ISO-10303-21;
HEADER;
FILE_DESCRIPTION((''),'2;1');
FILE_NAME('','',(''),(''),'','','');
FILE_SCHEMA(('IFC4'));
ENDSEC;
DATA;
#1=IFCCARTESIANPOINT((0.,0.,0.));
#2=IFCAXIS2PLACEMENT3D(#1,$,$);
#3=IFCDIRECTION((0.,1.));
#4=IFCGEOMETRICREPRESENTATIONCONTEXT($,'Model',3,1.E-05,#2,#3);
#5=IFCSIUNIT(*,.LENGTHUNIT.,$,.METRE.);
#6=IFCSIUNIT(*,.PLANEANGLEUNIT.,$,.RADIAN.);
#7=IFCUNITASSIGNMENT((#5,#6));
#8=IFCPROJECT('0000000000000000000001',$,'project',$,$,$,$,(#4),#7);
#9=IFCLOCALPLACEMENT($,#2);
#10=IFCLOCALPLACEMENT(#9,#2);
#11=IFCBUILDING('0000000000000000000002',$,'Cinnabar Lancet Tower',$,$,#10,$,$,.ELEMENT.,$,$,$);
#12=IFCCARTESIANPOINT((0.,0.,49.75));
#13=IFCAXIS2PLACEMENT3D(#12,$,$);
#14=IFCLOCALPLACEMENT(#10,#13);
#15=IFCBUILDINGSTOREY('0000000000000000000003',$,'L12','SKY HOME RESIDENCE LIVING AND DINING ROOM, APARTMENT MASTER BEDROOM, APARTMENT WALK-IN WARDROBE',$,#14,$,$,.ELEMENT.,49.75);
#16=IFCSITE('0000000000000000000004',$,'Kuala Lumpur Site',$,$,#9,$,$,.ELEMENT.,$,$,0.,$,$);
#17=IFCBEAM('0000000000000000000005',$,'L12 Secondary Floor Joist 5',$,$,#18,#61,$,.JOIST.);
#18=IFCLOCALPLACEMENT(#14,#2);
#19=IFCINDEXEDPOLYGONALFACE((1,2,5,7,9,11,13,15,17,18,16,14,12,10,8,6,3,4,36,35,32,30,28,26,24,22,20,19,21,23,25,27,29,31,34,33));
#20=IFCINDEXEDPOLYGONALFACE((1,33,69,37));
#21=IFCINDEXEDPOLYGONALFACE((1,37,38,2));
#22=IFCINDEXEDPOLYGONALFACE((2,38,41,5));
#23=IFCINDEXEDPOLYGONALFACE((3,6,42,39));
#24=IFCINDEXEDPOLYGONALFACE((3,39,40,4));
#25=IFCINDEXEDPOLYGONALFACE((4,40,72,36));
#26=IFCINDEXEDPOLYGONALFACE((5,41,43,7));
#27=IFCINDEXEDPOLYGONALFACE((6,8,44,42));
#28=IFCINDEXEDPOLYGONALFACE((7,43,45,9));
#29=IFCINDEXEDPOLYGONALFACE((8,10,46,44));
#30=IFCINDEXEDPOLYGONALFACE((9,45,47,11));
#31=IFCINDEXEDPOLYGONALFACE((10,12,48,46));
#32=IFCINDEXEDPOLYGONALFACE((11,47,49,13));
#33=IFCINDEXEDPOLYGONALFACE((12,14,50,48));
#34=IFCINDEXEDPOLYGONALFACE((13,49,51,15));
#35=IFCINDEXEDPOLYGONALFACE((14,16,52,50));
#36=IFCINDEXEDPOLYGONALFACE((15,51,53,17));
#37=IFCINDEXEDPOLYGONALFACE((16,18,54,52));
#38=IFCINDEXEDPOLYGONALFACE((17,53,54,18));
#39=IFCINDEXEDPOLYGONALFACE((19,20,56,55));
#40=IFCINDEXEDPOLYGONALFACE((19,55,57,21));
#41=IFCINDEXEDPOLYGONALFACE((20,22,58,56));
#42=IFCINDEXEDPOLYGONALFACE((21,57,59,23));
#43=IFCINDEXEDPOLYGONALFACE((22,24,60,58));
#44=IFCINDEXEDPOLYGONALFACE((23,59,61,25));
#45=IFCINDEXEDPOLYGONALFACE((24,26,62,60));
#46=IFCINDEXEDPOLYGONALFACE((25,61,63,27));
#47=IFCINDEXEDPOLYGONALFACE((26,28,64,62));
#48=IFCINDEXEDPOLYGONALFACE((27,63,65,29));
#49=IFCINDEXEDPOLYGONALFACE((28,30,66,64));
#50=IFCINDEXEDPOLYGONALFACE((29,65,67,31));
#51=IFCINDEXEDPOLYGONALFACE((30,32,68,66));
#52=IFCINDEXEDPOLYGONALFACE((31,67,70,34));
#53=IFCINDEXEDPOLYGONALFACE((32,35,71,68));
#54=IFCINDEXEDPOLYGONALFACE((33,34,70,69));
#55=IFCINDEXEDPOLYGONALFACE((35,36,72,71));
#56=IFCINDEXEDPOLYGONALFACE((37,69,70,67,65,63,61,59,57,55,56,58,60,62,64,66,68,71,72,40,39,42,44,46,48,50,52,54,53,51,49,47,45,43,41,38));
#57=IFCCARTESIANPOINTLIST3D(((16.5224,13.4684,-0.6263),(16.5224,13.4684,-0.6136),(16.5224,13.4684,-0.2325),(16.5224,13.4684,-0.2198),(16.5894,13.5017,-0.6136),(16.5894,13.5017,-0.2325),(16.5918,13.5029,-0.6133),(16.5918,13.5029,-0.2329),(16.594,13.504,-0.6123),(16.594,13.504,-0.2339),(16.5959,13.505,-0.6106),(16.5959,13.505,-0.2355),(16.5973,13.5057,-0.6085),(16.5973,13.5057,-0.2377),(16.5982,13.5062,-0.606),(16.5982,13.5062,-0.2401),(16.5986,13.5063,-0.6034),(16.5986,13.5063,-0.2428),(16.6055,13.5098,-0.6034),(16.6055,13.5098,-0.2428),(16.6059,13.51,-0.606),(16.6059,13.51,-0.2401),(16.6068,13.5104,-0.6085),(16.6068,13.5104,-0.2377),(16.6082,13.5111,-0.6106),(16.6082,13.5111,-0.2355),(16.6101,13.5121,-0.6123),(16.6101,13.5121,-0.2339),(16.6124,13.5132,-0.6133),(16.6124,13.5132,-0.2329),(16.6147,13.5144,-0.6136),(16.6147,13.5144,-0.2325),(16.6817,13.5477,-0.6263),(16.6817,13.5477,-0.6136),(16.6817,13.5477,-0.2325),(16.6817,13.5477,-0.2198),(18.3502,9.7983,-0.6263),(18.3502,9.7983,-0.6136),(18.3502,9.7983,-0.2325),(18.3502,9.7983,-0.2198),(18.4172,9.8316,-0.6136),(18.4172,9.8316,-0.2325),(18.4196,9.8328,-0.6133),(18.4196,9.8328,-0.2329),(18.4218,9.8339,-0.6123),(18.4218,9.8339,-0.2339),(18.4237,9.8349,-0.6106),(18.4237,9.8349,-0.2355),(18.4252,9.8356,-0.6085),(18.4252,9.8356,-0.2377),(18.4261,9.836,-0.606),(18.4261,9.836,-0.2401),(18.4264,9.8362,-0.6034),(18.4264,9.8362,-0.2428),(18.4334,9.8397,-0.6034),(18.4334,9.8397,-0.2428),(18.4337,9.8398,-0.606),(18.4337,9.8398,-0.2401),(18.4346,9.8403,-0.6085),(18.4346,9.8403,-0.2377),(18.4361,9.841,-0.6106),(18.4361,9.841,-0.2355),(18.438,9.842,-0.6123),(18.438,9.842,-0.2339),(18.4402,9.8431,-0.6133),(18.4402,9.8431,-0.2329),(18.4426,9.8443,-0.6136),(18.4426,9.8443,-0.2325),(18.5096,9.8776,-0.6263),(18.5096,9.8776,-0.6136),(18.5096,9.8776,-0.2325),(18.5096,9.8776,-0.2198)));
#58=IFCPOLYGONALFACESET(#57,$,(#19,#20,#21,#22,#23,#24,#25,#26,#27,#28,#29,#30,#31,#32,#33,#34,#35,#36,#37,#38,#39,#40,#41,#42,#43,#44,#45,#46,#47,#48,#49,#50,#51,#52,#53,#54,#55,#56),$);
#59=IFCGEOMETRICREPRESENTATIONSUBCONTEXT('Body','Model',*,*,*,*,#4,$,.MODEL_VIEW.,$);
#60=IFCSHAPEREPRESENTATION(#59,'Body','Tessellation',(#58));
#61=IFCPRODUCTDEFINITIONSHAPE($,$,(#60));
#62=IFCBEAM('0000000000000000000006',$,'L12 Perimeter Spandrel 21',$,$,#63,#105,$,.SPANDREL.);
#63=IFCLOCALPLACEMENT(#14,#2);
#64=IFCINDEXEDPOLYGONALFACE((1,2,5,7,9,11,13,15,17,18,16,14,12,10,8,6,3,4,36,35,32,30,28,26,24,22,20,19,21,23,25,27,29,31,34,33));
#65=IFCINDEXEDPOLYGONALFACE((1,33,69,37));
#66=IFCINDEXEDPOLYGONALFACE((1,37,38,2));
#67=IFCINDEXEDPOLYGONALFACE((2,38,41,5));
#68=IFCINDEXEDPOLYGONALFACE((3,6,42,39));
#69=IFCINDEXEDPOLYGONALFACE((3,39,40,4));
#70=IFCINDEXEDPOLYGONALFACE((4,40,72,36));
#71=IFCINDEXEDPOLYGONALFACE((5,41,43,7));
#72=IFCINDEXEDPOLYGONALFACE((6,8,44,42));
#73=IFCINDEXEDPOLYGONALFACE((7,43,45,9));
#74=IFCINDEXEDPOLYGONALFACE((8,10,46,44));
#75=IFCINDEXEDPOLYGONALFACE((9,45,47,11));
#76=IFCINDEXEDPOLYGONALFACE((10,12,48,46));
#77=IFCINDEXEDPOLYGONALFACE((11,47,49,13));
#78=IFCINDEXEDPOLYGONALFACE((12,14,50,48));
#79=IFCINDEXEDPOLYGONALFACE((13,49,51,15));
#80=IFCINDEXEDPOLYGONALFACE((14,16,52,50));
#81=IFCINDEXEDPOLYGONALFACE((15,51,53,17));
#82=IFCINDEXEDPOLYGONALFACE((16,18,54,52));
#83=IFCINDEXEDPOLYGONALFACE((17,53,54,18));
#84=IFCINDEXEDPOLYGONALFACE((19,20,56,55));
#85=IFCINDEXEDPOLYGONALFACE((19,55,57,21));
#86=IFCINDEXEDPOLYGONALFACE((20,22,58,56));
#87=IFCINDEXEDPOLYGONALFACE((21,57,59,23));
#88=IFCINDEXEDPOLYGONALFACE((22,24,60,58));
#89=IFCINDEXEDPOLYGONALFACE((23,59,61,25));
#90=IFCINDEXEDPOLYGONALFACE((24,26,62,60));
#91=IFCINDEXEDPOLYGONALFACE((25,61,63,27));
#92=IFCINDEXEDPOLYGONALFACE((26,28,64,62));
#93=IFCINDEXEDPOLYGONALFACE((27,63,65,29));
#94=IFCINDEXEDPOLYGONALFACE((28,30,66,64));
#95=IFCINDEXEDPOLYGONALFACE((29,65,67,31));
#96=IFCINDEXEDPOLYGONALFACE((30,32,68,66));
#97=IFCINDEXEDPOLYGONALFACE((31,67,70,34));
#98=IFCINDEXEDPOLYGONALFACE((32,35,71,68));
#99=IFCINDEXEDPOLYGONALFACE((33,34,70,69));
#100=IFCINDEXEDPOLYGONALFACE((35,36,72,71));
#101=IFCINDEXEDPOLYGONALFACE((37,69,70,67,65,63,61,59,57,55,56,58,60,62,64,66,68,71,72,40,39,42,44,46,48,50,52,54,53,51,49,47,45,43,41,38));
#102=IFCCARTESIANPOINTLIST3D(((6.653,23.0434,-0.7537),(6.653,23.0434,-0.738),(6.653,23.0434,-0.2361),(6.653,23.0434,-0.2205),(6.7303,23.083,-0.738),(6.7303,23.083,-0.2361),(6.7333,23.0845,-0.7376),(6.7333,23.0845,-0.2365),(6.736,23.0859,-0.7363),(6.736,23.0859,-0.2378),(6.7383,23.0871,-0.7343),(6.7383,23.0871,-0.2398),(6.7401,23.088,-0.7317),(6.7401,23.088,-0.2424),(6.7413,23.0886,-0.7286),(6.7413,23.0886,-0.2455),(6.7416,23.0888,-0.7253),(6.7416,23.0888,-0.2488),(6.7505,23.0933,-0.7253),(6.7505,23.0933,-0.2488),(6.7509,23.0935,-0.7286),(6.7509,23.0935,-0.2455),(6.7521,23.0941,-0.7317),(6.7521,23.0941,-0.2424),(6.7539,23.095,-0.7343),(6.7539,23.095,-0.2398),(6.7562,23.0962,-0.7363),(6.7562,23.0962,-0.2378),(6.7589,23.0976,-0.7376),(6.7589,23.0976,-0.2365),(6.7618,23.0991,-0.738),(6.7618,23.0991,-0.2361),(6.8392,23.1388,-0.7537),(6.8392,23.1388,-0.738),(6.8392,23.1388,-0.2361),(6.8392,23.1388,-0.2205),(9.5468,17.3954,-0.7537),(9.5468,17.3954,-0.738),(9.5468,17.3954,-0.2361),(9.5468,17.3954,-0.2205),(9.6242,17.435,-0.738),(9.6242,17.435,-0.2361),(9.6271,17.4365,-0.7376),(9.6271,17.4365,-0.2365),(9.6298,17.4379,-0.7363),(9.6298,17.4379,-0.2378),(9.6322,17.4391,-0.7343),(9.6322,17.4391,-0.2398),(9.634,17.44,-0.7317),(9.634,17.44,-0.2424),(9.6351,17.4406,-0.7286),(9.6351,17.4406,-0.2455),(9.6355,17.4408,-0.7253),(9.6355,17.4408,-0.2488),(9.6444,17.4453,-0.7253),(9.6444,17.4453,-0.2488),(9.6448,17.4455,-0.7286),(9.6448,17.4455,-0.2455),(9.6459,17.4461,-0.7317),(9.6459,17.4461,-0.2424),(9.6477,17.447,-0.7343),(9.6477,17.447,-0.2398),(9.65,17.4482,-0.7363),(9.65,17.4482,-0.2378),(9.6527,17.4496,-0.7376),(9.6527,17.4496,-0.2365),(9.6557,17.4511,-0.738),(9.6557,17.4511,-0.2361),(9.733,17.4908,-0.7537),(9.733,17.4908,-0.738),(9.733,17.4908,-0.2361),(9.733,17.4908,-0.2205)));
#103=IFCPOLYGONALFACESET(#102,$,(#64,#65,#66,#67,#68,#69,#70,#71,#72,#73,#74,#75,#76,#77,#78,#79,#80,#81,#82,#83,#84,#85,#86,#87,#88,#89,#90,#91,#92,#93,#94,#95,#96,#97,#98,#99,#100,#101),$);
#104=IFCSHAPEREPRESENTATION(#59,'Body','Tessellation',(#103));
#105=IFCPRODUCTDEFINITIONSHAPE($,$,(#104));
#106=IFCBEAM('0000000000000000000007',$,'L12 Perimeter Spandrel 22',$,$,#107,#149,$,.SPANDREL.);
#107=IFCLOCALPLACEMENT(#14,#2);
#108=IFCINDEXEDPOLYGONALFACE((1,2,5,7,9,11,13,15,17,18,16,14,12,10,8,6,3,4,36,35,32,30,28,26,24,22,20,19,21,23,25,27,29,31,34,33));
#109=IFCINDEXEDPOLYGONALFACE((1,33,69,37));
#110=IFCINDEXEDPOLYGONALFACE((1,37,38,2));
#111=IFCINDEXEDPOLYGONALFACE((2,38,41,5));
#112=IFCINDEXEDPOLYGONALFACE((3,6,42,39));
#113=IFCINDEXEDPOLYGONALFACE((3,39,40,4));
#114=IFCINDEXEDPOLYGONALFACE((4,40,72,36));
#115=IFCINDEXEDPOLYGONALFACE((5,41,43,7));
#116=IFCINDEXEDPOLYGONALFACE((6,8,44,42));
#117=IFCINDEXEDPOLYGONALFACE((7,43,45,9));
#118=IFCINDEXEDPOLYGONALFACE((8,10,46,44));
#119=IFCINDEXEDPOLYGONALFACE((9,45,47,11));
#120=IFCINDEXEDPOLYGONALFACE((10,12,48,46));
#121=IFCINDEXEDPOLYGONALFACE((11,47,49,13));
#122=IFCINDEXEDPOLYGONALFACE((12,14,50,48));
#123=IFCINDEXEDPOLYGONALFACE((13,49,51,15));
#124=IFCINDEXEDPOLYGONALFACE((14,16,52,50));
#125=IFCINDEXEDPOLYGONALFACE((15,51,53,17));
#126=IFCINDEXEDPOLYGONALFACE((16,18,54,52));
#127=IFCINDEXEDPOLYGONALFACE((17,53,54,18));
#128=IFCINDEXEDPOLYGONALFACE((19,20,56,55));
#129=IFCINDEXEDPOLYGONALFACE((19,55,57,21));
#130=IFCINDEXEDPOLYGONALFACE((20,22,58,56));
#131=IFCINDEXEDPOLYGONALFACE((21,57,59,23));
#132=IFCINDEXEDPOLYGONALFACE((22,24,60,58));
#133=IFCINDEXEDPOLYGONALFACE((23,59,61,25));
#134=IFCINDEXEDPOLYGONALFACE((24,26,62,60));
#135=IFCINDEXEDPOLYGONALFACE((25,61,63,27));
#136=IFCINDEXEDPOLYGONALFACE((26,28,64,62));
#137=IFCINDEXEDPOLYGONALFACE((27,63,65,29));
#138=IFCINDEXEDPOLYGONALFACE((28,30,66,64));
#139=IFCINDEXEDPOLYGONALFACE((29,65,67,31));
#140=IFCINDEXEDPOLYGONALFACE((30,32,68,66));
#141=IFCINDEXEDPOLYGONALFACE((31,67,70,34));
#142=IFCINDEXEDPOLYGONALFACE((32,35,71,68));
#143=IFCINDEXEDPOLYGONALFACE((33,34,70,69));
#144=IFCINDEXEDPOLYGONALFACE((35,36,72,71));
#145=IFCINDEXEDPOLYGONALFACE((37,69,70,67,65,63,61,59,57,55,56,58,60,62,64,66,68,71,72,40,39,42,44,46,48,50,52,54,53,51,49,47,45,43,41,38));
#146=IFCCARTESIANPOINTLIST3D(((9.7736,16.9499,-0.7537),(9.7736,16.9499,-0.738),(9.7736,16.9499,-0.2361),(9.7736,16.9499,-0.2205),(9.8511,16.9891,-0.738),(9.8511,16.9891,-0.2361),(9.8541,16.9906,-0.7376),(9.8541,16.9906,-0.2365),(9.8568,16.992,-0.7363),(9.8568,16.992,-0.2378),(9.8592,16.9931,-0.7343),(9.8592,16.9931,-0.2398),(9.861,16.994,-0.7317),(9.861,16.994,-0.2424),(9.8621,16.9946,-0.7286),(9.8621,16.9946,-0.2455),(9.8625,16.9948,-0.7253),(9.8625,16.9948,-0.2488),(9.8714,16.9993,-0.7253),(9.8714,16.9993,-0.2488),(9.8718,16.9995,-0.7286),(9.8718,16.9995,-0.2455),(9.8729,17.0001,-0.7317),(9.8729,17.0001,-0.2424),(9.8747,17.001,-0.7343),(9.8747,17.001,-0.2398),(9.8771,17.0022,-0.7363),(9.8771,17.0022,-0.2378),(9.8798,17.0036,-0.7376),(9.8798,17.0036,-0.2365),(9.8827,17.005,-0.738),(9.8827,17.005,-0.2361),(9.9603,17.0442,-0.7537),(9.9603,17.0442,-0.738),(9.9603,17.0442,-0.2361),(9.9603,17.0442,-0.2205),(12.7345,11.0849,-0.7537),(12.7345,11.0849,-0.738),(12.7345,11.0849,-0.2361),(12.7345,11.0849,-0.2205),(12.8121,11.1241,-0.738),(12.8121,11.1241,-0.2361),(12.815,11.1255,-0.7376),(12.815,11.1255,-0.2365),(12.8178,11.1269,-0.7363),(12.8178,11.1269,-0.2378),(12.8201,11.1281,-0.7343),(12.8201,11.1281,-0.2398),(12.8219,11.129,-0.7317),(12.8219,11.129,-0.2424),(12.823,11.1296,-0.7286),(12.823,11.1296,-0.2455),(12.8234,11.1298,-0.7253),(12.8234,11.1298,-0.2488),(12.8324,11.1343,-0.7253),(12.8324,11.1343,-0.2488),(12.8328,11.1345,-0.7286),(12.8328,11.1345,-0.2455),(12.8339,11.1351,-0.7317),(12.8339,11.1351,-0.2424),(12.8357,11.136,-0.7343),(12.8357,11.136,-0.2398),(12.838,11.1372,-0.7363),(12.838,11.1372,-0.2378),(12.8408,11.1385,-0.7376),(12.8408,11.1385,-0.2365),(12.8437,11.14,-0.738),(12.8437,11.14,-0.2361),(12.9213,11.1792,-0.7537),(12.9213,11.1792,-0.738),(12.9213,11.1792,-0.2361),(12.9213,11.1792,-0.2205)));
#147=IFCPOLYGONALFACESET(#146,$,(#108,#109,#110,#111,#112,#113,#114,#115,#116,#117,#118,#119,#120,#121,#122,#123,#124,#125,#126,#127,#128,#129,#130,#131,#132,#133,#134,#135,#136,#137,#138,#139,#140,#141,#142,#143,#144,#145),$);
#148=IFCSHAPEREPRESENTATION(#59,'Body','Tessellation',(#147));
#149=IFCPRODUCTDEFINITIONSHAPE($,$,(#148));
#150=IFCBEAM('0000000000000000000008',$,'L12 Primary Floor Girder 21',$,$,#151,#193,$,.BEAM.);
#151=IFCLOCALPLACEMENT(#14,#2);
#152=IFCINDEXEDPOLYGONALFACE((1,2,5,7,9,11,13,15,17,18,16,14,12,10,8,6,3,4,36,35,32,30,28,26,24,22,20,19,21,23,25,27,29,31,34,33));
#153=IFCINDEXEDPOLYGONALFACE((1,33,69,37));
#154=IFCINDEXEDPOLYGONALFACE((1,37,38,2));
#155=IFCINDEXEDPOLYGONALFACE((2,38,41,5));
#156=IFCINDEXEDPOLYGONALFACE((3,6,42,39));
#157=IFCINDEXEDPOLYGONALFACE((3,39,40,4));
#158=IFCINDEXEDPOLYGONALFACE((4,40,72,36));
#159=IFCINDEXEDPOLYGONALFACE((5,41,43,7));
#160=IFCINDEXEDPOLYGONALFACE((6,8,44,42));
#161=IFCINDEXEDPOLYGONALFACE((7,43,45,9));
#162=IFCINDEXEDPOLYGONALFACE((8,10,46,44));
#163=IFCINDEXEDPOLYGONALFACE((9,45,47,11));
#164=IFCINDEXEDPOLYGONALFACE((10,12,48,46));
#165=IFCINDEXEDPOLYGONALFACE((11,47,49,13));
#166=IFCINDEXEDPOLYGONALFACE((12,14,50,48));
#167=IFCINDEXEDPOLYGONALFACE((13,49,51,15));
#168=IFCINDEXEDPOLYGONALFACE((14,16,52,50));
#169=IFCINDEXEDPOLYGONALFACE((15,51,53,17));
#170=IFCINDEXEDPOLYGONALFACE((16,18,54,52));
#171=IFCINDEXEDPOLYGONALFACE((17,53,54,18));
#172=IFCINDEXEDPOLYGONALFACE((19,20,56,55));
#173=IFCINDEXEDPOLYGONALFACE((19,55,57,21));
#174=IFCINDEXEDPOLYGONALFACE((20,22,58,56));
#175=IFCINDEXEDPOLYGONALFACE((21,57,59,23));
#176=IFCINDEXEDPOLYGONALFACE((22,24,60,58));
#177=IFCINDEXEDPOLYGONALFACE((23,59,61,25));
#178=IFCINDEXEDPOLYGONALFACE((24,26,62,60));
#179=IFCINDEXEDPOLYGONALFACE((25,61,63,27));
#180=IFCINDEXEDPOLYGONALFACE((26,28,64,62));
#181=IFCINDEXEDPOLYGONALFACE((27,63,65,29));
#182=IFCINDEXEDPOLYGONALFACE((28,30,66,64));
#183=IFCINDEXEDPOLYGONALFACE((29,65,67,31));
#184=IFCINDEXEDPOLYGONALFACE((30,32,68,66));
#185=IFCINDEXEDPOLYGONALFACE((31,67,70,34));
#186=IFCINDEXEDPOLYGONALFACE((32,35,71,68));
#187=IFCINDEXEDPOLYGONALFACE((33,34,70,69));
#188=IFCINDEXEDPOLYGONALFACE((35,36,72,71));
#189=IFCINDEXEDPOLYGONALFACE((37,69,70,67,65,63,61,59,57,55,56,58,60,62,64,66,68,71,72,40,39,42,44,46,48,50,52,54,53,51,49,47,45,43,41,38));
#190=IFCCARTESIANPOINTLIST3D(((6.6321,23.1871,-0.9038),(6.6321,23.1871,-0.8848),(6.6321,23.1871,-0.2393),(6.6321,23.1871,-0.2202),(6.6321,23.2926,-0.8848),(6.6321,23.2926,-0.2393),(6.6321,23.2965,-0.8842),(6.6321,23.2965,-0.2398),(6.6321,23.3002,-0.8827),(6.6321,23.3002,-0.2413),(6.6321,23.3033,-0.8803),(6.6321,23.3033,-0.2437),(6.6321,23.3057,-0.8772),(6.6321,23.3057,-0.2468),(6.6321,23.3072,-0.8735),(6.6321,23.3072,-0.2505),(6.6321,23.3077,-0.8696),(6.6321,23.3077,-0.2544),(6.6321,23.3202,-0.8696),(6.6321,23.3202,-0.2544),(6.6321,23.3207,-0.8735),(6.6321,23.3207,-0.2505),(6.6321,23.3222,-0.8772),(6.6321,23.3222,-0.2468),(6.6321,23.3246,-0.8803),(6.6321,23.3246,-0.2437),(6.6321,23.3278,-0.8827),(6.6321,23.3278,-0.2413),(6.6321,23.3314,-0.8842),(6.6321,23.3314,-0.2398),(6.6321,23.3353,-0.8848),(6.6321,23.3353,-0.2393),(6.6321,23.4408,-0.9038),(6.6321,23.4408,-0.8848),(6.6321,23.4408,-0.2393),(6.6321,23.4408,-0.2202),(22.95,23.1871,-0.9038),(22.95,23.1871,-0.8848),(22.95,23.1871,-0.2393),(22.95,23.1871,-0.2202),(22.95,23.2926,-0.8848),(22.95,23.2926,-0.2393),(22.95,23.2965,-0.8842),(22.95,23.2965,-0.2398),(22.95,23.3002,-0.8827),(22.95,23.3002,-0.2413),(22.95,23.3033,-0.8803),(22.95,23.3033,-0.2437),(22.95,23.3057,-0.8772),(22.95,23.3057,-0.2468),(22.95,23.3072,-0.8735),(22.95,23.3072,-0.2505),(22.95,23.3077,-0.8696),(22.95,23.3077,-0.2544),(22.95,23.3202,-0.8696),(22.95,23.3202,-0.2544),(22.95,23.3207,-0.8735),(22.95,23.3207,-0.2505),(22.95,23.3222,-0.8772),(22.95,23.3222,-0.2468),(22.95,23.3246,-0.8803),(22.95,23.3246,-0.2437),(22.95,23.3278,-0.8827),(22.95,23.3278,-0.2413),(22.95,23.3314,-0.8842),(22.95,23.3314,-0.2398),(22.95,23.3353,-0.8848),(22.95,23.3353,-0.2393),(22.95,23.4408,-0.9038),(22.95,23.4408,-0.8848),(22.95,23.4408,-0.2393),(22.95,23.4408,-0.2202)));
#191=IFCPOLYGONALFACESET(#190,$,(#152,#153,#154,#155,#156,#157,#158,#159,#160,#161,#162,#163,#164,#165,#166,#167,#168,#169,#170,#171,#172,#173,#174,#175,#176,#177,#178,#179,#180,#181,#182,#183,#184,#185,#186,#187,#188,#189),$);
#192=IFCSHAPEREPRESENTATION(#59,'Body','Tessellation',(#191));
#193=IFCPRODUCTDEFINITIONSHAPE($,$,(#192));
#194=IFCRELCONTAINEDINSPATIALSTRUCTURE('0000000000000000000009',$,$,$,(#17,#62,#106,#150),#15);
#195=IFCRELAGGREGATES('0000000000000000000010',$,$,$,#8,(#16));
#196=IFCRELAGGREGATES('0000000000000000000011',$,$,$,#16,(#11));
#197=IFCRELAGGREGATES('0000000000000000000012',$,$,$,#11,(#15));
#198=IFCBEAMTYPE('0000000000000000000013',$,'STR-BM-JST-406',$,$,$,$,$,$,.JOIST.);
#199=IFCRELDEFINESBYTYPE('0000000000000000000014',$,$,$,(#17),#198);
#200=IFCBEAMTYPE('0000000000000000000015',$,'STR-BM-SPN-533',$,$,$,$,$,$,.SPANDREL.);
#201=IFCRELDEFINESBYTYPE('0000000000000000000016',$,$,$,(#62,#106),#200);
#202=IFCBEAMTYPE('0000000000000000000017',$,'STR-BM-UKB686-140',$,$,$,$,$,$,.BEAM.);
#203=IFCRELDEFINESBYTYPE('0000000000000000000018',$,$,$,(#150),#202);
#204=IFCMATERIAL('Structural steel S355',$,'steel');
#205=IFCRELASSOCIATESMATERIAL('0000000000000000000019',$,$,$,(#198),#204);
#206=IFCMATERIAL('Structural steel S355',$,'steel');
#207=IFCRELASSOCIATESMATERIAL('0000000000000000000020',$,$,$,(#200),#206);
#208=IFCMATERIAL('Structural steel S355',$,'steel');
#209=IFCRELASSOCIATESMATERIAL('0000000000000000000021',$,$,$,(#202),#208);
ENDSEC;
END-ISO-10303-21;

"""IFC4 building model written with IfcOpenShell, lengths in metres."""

from ifc_helpers import new_model, si_unit, direction, frame, origin, origin_2d, place, context, subcontext, project, spatial, i_section, extrude, material, material_profile, profile_set, type_object, element, save


model = new_model("IFC4")

# Units and contexts
model_context = context("Model", 3, precision=1e-05, world=origin(), true_north=direction((0.0, 1.0)))
body_context = subcontext(model_context, "Body", "Model", "MODEL_VIEW")
ifc_project = project(units=[si_unit("LENGTHUNIT", "METRE"), si_unit("PLANEANGLEUNIT", "RADIAN")], contexts=[model_context])

# Site, building, storey
site_placement = place(None, origin())
site = spatial("IfcSite", under=ifc_project, at=site_placement, Name="Kuala Lumpur Site", CompositionType="ELEMENT", RefElevation=0.0)
building_placement = place(site_placement, origin())
building = spatial("IfcBuilding", under=site, at=building_placement, Name="Cinnabar Lancet Tower", CompositionType="ELEMENT")
storey_placement = place(building_placement, frame((0.0, 0.0, 49.75)))
storey = spatial("IfcBuildingStorey", under=building, at=storey_placement, Name="L12", Description="SKY HOME RESIDENCE LIVING AND DINING ROOM, APARTMENT MASTER BEDROOM, APARTMENT WALK-IN WARDROBE", CompositionType="ELEMENT", Elevation=49.75)

# Beams
ifc_material_1 = material(Name="Structural steel S355", Category="steel")
ifc_material_profile_1 = material_profile(ifc_material_1, i_section(OverallWidth=0.178, OverallDepth=0.4065, WebThickness=0.0078, FlangeThickness=0.0127, FilletRadius=0.0103, at=origin_2d()), Name="UKB 406x178x60")
ifc_profile_set_1 = profile_set([ifc_material_profile_1], Name="Structural steel S355")
beam_type_1 = type_object("IfcBeamType", Name="STR-BM-JST-406", PredefinedType="JOIST", material=ifc_profile_set_1)
beam_1_placement = place(storey_placement, frame((16.6021, 13.5081, -0.4231), z_axis=(0.445808, -0.895129, 0.0), x_axis=(0.895129, 0.445808, 0.0)))
element("IfcBeam", 1, at=beam_1_placement, inside=storey, type_object=beam_type_1, Name="L12 Secondary Floor Joist 5", PredefinedType="JOIST", context=body_context, shape_type="SweptSolid", body=[
    extrude(i_section(OverallWidth=0.178, OverallDepth=0.4065, WebThickness=0.0078, FlangeThickness=0.0127, FilletRadius=0.0103, at=origin_2d()), origin(), (0.0, 0.0, 1.0), 4.1001),
])
ifc_material_2 = material(Name="Structural steel S355", Category="steel")
ifc_material_profile_2 = material_profile(ifc_material_2, i_section(OverallWidth=0.2092, OverallDepth=0.5332, WebThickness=0.01, FlangeThickness=0.0156, FilletRadius=0.0127, at=origin_2d()), Name="UKB 533x210x92")
ifc_profile_set_2 = profile_set([ifc_material_profile_2], Name="Structural steel S355")
beam_type_2 = type_object("IfcBeamType", Name="STR-BM-SPN-533", PredefinedType="SPANDREL", material=ifc_profile_set_2)
beam_2_placement = place(storey_placement, frame((6.7461, 23.0911, -0.4871), z_axis=(0.455994, -0.889983, 0.0), x_axis=(0.889983, 0.455994, 0.0)))
element("IfcBeam", 2, at=beam_2_placement, inside=storey, type_object=beam_type_2, Name="L12 Perimeter Spandrel 21", PredefinedType="SPANDREL", context=body_context, shape_type="SweptSolid", body=[
    extrude(i_section(OverallWidth=0.2092, OverallDepth=0.5332, WebThickness=0.01, FlangeThickness=0.0156, FilletRadius=0.0127, at=origin_2d()), origin(), (0.0, 0.0, 1.0), 6.3462),
])
beam_3_placement = place(storey_placement, frame((9.8669, 16.9971, -0.4871), z_axis=(0.450674, -0.892689, 0.0), x_axis=(0.892689, 0.450674, 0.0)))
element("IfcBeam", 3, at=beam_3_placement, inside=storey, type_object=beam_type_2, Name="L12 Perimeter Spandrel 22", PredefinedType="SPANDREL", context=body_context, shape_type="SweptSolid", body=[
    extrude(i_section(OverallWidth=0.2092, OverallDepth=0.5332, WebThickness=0.01, FlangeThickness=0.0156, FilletRadius=0.0127, at=origin_2d()), origin(), (0.0, 0.0, 1.0), 6.5701),
])
ifc_material_3 = material(Name="Structural steel S355", Category="steel")
ifc_material_profile_3 = material_profile(ifc_material_3, i_section(OverallWidth=0.2537, OverallDepth=0.6836, WebThickness=0.0125, FlangeThickness=0.019, FilletRadius=0.0151, at=origin_2d()), Name="UKB 686x254x140")
ifc_profile_set_3 = profile_set([ifc_material_profile_3], Name="Structural steel S355")
beam_type_3 = type_object("IfcBeamType", Name="STR-BM-UKB686-140", PredefinedType="BEAM", material=ifc_profile_set_3)
beam_4_placement = place(storey_placement, frame((6.6321, 23.314, -0.562), z_axis=(1.0, 0.0, 0.0), x_axis=(0.0, 1.0, 0.0)))
element("IfcBeam", 4, at=beam_4_placement, inside=storey, type_object=beam_type_3, Name="L12 Primary Floor Girder 21", PredefinedType="BEAM", context=body_context, shape_type="SweptSolid", body=[
    extrude(i_section(OverallWidth=0.2537, OverallDepth=0.6836, WebThickness=0.0125, FlangeThickness=0.019, FilletRadius=0.0151, at=origin_2d()), origin(), (0.0, 0.0, 1.0), 16.3179),
])

save(model, "model.ifc")
